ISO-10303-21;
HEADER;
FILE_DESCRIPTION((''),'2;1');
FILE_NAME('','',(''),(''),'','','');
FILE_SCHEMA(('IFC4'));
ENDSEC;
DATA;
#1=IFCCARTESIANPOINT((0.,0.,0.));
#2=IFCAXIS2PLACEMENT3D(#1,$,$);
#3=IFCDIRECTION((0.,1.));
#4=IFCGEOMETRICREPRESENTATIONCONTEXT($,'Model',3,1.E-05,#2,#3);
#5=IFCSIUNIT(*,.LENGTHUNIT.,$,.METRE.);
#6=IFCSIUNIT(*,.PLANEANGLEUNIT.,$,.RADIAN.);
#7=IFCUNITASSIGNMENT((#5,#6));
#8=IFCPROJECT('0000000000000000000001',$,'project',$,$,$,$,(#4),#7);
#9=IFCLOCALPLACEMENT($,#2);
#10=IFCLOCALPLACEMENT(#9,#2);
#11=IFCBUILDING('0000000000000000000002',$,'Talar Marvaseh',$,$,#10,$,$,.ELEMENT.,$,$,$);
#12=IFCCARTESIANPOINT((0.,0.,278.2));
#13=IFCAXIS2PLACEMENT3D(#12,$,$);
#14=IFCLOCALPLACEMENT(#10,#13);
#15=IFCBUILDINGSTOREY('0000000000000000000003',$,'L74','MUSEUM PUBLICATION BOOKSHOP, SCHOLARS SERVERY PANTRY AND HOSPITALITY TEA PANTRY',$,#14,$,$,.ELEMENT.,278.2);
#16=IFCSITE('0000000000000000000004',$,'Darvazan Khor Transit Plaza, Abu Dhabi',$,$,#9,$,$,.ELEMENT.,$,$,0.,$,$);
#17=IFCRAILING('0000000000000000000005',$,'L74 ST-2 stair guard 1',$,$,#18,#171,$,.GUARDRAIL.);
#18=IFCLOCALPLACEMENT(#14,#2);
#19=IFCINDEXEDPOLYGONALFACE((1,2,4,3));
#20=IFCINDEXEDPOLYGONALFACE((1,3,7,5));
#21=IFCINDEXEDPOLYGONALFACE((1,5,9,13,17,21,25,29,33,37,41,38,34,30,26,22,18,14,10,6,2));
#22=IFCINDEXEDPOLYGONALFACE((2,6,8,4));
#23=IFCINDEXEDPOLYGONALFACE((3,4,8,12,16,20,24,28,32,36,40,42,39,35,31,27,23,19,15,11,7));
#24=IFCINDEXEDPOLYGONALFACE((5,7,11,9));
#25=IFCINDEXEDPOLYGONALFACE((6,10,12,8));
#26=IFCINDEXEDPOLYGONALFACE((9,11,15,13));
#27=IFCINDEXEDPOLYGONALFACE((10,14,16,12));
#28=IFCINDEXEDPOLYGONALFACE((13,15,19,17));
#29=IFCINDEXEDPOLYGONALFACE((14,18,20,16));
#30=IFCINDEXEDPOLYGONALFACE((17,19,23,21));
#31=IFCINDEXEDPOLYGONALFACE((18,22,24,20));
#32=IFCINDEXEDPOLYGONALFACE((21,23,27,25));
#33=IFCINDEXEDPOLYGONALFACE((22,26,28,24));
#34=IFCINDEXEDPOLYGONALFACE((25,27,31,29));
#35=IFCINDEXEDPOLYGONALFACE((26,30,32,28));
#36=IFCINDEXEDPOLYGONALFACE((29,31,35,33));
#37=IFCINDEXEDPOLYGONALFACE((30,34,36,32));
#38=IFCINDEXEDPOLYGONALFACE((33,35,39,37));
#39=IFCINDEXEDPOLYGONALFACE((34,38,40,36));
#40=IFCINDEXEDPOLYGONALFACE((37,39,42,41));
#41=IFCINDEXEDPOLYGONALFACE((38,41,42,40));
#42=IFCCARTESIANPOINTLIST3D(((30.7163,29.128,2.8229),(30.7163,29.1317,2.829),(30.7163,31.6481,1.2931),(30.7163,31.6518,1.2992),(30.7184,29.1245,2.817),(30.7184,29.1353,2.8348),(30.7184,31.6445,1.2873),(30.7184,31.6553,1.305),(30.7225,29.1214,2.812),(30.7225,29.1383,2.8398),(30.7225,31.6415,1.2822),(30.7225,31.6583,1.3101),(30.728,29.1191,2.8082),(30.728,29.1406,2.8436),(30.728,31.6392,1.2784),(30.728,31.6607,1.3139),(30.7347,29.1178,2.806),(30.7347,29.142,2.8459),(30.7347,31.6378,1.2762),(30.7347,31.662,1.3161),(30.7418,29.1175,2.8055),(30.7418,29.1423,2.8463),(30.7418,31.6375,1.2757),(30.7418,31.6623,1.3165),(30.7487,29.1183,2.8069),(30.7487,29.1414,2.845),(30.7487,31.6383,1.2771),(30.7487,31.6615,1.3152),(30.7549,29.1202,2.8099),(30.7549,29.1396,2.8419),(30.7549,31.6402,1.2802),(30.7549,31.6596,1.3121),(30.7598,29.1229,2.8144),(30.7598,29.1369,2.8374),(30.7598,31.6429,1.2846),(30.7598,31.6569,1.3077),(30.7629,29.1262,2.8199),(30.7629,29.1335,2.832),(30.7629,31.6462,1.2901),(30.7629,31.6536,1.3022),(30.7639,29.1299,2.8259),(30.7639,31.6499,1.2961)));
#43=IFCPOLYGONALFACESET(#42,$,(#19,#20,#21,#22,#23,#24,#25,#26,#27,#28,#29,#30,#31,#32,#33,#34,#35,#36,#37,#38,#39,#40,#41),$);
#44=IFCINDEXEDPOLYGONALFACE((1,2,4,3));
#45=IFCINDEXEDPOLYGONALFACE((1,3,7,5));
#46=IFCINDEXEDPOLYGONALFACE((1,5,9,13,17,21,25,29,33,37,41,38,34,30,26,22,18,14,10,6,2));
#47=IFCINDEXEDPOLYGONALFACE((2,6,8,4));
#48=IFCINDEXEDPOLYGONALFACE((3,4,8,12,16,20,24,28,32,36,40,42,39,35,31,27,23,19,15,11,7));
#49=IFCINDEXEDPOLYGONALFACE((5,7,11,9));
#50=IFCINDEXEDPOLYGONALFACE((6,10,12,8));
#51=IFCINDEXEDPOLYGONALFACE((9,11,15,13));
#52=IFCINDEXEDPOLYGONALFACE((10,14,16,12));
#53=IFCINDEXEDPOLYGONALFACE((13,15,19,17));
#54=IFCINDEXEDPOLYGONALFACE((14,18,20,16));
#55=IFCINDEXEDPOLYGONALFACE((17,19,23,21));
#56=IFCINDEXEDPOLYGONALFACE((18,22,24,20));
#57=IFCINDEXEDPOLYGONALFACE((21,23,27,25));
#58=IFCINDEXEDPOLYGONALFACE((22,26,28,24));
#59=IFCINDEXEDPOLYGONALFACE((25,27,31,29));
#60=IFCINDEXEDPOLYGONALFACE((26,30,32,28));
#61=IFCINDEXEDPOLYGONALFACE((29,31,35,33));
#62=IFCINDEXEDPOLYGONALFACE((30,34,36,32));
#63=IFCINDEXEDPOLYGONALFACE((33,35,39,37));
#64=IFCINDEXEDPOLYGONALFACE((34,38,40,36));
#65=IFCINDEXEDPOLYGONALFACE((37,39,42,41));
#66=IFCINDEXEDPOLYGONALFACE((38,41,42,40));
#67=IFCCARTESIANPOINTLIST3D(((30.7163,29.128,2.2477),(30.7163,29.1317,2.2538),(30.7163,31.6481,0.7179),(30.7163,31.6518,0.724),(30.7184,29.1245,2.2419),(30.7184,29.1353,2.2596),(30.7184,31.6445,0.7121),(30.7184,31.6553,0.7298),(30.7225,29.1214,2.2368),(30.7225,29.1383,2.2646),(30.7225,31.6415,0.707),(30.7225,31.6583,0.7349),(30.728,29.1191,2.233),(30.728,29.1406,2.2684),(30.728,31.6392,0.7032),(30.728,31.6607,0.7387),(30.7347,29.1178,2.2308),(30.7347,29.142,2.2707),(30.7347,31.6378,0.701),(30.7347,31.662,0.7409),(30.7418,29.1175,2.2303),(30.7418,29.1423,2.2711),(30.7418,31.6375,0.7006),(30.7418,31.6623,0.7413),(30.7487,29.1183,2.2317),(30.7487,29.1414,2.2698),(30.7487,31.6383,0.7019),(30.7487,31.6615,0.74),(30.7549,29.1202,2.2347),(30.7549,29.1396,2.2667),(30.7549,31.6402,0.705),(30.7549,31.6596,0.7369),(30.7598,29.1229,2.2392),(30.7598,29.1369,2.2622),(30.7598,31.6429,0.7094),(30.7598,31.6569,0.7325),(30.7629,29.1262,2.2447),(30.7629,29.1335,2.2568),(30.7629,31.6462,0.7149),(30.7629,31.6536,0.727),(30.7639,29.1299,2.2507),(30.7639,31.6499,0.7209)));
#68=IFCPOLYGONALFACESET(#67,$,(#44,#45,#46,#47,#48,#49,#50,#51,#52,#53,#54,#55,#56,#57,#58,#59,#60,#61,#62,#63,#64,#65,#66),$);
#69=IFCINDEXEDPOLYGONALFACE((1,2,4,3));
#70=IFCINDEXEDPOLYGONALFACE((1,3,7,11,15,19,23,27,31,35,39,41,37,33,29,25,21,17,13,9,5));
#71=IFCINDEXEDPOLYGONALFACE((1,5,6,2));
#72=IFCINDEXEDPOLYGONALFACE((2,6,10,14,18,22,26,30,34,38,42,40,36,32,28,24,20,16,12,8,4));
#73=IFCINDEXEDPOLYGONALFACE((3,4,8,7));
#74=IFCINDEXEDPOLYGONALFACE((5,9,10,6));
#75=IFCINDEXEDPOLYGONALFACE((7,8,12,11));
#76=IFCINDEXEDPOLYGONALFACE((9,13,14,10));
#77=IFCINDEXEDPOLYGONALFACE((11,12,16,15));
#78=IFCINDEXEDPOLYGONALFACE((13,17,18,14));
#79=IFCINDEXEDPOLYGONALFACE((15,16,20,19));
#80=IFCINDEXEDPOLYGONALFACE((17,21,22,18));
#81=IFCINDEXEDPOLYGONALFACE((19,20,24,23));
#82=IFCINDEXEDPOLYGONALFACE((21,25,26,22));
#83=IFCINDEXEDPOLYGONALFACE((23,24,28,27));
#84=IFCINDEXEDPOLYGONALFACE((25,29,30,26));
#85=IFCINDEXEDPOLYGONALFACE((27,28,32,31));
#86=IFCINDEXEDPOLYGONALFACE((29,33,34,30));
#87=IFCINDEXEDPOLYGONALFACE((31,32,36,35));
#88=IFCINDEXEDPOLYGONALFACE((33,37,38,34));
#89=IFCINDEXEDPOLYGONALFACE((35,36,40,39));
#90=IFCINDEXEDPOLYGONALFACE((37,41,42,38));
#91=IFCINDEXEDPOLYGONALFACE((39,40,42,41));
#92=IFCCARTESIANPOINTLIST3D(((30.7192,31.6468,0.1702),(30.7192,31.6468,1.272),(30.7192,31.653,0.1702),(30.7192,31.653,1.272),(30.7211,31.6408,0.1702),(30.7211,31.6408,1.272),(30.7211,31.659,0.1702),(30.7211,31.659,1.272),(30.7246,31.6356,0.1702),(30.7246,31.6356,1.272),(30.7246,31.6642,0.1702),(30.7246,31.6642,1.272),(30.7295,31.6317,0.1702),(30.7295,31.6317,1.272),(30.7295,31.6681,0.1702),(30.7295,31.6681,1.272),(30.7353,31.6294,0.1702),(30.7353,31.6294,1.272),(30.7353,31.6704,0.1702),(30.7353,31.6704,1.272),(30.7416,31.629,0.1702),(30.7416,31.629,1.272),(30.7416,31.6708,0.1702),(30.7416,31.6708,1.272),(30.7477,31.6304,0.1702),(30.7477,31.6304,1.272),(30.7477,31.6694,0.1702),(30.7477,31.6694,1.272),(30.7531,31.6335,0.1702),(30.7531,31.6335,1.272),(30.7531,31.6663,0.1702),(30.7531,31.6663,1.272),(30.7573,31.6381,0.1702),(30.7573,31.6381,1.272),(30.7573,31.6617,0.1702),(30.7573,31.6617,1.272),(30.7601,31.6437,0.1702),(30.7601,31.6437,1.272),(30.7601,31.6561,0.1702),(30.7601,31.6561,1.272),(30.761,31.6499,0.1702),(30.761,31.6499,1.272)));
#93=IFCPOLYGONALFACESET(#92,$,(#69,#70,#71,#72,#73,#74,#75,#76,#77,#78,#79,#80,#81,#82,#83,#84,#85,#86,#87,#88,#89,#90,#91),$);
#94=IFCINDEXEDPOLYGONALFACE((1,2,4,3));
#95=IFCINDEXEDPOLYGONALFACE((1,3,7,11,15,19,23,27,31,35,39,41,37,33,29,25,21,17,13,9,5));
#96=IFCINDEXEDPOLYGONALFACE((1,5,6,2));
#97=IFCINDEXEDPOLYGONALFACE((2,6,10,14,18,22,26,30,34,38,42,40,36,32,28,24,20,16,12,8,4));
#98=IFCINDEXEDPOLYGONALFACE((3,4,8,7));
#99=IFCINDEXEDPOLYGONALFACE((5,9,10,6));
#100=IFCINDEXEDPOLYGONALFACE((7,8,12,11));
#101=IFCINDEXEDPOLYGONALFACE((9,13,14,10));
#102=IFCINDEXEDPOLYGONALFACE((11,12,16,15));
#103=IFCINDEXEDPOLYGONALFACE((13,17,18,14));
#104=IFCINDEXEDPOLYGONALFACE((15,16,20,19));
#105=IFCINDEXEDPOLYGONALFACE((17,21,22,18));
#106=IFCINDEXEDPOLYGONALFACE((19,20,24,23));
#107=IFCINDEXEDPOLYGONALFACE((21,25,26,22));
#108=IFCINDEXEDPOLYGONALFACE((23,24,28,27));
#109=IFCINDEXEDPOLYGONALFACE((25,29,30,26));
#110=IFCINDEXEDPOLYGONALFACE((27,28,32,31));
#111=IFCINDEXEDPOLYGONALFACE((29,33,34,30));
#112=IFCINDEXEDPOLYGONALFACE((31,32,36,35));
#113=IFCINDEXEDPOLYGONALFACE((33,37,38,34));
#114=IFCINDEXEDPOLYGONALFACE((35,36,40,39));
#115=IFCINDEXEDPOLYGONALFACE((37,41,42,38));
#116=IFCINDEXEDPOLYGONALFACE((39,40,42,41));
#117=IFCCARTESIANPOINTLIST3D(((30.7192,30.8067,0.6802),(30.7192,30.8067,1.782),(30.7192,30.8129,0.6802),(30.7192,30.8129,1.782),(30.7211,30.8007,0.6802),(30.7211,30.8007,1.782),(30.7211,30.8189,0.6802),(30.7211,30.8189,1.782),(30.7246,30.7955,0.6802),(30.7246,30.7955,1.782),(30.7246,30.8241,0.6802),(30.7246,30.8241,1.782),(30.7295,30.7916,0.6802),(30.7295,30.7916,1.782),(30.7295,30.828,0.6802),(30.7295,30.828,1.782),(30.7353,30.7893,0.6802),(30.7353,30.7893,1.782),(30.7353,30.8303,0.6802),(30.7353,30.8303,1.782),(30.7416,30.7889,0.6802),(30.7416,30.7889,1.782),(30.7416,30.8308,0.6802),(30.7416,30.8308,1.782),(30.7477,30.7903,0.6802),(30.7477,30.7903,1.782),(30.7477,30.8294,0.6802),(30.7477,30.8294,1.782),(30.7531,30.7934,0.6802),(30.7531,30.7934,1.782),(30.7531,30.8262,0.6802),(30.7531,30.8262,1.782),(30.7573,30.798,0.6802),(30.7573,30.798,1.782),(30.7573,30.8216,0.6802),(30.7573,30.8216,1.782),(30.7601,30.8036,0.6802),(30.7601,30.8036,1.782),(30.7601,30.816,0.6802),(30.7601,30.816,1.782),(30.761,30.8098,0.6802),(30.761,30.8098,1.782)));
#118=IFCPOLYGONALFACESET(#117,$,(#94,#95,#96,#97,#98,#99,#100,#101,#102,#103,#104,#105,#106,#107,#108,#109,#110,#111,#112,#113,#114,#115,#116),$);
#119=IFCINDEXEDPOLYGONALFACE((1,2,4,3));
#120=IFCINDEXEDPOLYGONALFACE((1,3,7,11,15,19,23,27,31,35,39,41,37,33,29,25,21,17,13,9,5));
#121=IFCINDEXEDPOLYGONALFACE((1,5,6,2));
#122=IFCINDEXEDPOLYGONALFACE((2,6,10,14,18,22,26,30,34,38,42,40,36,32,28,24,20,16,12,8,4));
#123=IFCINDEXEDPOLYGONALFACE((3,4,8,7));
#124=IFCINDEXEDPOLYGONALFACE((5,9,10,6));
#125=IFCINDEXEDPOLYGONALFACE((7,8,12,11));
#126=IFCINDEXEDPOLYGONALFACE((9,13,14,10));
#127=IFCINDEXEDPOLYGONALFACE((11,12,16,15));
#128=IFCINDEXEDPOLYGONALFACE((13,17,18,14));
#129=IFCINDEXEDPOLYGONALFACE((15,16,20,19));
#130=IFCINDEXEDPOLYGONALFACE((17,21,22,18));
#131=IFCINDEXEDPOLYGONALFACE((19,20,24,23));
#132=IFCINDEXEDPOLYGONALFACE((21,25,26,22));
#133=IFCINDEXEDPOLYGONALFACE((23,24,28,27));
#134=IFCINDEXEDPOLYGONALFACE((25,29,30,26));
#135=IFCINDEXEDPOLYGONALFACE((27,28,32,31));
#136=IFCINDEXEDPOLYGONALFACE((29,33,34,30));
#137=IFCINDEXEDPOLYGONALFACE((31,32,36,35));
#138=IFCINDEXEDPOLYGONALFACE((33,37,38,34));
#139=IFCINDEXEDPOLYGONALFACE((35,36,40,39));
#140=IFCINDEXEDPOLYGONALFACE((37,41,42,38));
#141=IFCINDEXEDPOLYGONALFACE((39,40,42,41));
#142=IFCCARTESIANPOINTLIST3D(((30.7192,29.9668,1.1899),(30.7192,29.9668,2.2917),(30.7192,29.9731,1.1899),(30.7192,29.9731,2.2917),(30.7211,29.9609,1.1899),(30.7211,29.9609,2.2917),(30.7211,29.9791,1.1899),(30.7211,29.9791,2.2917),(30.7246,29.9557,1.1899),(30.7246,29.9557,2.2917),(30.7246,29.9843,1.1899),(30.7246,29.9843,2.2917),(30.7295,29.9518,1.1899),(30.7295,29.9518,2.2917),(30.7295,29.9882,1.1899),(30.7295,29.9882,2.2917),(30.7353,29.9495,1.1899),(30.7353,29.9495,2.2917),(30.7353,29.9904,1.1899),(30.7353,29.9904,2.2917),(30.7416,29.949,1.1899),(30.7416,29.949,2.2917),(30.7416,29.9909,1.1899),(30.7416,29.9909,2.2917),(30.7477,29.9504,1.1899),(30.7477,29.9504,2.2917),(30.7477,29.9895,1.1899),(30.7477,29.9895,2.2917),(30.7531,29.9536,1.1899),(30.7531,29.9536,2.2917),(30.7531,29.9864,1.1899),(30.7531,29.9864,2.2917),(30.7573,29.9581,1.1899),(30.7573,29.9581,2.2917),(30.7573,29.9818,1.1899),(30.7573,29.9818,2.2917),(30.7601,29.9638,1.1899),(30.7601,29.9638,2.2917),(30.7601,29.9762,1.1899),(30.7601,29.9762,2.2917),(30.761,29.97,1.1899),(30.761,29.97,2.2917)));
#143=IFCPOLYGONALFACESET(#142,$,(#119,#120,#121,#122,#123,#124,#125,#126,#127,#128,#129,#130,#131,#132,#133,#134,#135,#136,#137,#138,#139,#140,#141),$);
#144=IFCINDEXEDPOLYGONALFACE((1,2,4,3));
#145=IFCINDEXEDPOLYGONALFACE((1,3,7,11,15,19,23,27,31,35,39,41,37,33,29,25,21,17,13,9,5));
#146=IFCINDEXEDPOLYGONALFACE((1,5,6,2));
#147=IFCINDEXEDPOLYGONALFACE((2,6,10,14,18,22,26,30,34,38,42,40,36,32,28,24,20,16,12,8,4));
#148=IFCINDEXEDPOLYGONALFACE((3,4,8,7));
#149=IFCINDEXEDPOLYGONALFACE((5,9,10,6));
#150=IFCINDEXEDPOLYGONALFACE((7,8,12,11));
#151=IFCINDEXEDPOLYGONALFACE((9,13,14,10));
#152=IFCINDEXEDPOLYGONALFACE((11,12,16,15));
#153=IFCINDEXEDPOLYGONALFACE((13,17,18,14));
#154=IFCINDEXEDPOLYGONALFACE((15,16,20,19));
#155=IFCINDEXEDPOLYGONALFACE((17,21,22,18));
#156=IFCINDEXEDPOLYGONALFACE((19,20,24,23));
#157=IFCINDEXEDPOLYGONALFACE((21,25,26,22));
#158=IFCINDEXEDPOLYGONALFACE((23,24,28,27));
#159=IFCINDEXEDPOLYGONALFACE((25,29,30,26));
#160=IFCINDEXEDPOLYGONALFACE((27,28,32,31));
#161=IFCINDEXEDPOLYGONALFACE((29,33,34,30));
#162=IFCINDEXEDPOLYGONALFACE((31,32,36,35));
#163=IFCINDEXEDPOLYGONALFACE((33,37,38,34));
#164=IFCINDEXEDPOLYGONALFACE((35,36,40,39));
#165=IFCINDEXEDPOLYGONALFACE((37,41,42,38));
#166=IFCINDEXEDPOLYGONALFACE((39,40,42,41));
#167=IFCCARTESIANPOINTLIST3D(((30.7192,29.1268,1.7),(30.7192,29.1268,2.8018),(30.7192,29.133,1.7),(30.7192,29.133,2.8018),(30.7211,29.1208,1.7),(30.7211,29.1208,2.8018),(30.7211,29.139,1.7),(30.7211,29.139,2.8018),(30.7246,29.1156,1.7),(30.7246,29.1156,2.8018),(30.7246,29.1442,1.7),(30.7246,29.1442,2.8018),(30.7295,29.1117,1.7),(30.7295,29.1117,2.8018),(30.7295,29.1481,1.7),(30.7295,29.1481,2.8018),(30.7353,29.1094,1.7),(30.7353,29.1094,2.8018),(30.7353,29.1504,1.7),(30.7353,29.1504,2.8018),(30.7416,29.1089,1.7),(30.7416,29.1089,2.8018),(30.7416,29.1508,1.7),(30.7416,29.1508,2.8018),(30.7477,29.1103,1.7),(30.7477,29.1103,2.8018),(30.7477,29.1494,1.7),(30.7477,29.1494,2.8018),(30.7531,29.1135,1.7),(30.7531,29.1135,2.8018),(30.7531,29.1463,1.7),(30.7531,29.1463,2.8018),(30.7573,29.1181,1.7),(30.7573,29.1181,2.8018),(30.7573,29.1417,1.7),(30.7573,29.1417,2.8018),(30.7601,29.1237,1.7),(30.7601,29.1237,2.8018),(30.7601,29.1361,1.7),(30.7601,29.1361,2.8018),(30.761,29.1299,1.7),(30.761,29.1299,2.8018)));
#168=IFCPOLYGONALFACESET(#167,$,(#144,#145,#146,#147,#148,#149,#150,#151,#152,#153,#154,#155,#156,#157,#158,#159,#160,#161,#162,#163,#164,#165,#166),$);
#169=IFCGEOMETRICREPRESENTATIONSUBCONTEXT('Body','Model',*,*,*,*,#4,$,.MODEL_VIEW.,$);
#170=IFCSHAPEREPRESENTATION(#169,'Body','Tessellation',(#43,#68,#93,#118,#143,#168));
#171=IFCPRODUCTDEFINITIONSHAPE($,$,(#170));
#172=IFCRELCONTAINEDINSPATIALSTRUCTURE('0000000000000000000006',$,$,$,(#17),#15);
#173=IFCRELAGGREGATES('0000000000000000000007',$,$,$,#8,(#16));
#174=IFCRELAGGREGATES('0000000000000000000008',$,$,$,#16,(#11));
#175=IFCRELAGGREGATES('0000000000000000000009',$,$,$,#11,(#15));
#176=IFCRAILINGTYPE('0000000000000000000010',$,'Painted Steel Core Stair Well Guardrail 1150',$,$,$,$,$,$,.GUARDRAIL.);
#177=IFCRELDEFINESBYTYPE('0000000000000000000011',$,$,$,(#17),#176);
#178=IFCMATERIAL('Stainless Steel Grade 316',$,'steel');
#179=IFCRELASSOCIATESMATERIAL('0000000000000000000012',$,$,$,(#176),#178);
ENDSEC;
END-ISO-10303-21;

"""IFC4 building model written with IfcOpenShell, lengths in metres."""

from ifc_helpers import new_model, si_unit, direction, frame, origin, origin_2d, place, context, subcontext, project, spatial, circle, extrude, material, type_object, element, save


model = new_model("IFC4")

# Units and contexts
model_context = context("Model", 3, precision=1e-05, world=origin(), true_north=direction((0.0, 1.0)))
body_context = subcontext(model_context, "Body", "Model", "MODEL_VIEW")
ifc_project = project(units=[si_unit("LENGTHUNIT", "METRE"), si_unit("PLANEANGLEUNIT", "RADIAN")], contexts=[model_context])

# Site, building, storey
site_placement = place(None, origin())
site = spatial("IfcSite", under=ifc_project, at=site_placement, Name="Darvazan Khor Transit Plaza, Abu Dhabi", CompositionType="ELEMENT", RefElevation=0.0)
building_placement = place(site_placement, origin())
building = spatial("IfcBuilding", under=site, at=building_placement, Name="Talar Marvaseh", CompositionType="ELEMENT")
storey_placement = place(building_placement, frame((0.0, 0.0, 278.2)))
storey = spatial("IfcBuildingStorey", under=building, at=storey_placement, Name="L74", Description="MUSEUM PUBLICATION BOOKSHOP, SCHOLARS SERVERY PANTRY AND HOSPITALITY TEA PANTRY", CompositionType="ELEMENT", Elevation=278.2)

# Shared definitions
ifc_material_1 = material(Name="Stainless Steel Grade 316", Category="steel")

# Railing
railing_type_1 = type_object("IfcRailingType", Name="Painted Steel Core Stair Well Guardrail 1150", PredefinedType="GUARDRAIL", material=ifc_material_1)
railing_1_placement = place(storey_placement, frame((30.74, 31.6499, 0.1702)))
element("IfcRailing", 1, at=railing_1_placement, inside=storey, type_object=railing_type_1, Name="L74 ST-2 stair guard 1", PredefinedType="GUARDRAIL", context=body_context, shape_type="SweptSolid", body=[
    extrude(circle(Radius=0.0239, at=origin_2d()), frame((0.0, 0.0, 1.126), z_axis=(0.0, -0.854822, 0.518922), x_axis=(1.0, 0.0, 0.0)), (0.0, 0.0, 1.0), 2.948),
    extrude(circle(Radius=0.0239, at=origin_2d()), frame((0.0, 0.0, 0.5508), z_axis=(0.0, -0.854822, 0.518922), x_axis=(1.0, 0.0, 0.0)), (0.0, 0.0, 1.0), 2.948),
    extrude(circle(Radius=0.021, at=origin_2d()), origin(), (0.0, 0.0, 1.0), 1.1018),
    extrude(circle(Radius=0.021, at=origin_2d()), frame((0.0, -0.8401, 0.51)), (0.0, 0.0, 1.0), 1.1018),
    extrude(circle(Radius=0.021, at=origin_2d()), frame((0.0, -1.6799, 1.0198)), (0.0, 0.0, 1.0), 1.1018),
    extrude(circle(Radius=0.021, at=origin_2d()), frame((0.0, -2.52, 1.5298)), (0.0, 0.0, 1.0), 1.1018),
])

save(model, "model.ifc")
